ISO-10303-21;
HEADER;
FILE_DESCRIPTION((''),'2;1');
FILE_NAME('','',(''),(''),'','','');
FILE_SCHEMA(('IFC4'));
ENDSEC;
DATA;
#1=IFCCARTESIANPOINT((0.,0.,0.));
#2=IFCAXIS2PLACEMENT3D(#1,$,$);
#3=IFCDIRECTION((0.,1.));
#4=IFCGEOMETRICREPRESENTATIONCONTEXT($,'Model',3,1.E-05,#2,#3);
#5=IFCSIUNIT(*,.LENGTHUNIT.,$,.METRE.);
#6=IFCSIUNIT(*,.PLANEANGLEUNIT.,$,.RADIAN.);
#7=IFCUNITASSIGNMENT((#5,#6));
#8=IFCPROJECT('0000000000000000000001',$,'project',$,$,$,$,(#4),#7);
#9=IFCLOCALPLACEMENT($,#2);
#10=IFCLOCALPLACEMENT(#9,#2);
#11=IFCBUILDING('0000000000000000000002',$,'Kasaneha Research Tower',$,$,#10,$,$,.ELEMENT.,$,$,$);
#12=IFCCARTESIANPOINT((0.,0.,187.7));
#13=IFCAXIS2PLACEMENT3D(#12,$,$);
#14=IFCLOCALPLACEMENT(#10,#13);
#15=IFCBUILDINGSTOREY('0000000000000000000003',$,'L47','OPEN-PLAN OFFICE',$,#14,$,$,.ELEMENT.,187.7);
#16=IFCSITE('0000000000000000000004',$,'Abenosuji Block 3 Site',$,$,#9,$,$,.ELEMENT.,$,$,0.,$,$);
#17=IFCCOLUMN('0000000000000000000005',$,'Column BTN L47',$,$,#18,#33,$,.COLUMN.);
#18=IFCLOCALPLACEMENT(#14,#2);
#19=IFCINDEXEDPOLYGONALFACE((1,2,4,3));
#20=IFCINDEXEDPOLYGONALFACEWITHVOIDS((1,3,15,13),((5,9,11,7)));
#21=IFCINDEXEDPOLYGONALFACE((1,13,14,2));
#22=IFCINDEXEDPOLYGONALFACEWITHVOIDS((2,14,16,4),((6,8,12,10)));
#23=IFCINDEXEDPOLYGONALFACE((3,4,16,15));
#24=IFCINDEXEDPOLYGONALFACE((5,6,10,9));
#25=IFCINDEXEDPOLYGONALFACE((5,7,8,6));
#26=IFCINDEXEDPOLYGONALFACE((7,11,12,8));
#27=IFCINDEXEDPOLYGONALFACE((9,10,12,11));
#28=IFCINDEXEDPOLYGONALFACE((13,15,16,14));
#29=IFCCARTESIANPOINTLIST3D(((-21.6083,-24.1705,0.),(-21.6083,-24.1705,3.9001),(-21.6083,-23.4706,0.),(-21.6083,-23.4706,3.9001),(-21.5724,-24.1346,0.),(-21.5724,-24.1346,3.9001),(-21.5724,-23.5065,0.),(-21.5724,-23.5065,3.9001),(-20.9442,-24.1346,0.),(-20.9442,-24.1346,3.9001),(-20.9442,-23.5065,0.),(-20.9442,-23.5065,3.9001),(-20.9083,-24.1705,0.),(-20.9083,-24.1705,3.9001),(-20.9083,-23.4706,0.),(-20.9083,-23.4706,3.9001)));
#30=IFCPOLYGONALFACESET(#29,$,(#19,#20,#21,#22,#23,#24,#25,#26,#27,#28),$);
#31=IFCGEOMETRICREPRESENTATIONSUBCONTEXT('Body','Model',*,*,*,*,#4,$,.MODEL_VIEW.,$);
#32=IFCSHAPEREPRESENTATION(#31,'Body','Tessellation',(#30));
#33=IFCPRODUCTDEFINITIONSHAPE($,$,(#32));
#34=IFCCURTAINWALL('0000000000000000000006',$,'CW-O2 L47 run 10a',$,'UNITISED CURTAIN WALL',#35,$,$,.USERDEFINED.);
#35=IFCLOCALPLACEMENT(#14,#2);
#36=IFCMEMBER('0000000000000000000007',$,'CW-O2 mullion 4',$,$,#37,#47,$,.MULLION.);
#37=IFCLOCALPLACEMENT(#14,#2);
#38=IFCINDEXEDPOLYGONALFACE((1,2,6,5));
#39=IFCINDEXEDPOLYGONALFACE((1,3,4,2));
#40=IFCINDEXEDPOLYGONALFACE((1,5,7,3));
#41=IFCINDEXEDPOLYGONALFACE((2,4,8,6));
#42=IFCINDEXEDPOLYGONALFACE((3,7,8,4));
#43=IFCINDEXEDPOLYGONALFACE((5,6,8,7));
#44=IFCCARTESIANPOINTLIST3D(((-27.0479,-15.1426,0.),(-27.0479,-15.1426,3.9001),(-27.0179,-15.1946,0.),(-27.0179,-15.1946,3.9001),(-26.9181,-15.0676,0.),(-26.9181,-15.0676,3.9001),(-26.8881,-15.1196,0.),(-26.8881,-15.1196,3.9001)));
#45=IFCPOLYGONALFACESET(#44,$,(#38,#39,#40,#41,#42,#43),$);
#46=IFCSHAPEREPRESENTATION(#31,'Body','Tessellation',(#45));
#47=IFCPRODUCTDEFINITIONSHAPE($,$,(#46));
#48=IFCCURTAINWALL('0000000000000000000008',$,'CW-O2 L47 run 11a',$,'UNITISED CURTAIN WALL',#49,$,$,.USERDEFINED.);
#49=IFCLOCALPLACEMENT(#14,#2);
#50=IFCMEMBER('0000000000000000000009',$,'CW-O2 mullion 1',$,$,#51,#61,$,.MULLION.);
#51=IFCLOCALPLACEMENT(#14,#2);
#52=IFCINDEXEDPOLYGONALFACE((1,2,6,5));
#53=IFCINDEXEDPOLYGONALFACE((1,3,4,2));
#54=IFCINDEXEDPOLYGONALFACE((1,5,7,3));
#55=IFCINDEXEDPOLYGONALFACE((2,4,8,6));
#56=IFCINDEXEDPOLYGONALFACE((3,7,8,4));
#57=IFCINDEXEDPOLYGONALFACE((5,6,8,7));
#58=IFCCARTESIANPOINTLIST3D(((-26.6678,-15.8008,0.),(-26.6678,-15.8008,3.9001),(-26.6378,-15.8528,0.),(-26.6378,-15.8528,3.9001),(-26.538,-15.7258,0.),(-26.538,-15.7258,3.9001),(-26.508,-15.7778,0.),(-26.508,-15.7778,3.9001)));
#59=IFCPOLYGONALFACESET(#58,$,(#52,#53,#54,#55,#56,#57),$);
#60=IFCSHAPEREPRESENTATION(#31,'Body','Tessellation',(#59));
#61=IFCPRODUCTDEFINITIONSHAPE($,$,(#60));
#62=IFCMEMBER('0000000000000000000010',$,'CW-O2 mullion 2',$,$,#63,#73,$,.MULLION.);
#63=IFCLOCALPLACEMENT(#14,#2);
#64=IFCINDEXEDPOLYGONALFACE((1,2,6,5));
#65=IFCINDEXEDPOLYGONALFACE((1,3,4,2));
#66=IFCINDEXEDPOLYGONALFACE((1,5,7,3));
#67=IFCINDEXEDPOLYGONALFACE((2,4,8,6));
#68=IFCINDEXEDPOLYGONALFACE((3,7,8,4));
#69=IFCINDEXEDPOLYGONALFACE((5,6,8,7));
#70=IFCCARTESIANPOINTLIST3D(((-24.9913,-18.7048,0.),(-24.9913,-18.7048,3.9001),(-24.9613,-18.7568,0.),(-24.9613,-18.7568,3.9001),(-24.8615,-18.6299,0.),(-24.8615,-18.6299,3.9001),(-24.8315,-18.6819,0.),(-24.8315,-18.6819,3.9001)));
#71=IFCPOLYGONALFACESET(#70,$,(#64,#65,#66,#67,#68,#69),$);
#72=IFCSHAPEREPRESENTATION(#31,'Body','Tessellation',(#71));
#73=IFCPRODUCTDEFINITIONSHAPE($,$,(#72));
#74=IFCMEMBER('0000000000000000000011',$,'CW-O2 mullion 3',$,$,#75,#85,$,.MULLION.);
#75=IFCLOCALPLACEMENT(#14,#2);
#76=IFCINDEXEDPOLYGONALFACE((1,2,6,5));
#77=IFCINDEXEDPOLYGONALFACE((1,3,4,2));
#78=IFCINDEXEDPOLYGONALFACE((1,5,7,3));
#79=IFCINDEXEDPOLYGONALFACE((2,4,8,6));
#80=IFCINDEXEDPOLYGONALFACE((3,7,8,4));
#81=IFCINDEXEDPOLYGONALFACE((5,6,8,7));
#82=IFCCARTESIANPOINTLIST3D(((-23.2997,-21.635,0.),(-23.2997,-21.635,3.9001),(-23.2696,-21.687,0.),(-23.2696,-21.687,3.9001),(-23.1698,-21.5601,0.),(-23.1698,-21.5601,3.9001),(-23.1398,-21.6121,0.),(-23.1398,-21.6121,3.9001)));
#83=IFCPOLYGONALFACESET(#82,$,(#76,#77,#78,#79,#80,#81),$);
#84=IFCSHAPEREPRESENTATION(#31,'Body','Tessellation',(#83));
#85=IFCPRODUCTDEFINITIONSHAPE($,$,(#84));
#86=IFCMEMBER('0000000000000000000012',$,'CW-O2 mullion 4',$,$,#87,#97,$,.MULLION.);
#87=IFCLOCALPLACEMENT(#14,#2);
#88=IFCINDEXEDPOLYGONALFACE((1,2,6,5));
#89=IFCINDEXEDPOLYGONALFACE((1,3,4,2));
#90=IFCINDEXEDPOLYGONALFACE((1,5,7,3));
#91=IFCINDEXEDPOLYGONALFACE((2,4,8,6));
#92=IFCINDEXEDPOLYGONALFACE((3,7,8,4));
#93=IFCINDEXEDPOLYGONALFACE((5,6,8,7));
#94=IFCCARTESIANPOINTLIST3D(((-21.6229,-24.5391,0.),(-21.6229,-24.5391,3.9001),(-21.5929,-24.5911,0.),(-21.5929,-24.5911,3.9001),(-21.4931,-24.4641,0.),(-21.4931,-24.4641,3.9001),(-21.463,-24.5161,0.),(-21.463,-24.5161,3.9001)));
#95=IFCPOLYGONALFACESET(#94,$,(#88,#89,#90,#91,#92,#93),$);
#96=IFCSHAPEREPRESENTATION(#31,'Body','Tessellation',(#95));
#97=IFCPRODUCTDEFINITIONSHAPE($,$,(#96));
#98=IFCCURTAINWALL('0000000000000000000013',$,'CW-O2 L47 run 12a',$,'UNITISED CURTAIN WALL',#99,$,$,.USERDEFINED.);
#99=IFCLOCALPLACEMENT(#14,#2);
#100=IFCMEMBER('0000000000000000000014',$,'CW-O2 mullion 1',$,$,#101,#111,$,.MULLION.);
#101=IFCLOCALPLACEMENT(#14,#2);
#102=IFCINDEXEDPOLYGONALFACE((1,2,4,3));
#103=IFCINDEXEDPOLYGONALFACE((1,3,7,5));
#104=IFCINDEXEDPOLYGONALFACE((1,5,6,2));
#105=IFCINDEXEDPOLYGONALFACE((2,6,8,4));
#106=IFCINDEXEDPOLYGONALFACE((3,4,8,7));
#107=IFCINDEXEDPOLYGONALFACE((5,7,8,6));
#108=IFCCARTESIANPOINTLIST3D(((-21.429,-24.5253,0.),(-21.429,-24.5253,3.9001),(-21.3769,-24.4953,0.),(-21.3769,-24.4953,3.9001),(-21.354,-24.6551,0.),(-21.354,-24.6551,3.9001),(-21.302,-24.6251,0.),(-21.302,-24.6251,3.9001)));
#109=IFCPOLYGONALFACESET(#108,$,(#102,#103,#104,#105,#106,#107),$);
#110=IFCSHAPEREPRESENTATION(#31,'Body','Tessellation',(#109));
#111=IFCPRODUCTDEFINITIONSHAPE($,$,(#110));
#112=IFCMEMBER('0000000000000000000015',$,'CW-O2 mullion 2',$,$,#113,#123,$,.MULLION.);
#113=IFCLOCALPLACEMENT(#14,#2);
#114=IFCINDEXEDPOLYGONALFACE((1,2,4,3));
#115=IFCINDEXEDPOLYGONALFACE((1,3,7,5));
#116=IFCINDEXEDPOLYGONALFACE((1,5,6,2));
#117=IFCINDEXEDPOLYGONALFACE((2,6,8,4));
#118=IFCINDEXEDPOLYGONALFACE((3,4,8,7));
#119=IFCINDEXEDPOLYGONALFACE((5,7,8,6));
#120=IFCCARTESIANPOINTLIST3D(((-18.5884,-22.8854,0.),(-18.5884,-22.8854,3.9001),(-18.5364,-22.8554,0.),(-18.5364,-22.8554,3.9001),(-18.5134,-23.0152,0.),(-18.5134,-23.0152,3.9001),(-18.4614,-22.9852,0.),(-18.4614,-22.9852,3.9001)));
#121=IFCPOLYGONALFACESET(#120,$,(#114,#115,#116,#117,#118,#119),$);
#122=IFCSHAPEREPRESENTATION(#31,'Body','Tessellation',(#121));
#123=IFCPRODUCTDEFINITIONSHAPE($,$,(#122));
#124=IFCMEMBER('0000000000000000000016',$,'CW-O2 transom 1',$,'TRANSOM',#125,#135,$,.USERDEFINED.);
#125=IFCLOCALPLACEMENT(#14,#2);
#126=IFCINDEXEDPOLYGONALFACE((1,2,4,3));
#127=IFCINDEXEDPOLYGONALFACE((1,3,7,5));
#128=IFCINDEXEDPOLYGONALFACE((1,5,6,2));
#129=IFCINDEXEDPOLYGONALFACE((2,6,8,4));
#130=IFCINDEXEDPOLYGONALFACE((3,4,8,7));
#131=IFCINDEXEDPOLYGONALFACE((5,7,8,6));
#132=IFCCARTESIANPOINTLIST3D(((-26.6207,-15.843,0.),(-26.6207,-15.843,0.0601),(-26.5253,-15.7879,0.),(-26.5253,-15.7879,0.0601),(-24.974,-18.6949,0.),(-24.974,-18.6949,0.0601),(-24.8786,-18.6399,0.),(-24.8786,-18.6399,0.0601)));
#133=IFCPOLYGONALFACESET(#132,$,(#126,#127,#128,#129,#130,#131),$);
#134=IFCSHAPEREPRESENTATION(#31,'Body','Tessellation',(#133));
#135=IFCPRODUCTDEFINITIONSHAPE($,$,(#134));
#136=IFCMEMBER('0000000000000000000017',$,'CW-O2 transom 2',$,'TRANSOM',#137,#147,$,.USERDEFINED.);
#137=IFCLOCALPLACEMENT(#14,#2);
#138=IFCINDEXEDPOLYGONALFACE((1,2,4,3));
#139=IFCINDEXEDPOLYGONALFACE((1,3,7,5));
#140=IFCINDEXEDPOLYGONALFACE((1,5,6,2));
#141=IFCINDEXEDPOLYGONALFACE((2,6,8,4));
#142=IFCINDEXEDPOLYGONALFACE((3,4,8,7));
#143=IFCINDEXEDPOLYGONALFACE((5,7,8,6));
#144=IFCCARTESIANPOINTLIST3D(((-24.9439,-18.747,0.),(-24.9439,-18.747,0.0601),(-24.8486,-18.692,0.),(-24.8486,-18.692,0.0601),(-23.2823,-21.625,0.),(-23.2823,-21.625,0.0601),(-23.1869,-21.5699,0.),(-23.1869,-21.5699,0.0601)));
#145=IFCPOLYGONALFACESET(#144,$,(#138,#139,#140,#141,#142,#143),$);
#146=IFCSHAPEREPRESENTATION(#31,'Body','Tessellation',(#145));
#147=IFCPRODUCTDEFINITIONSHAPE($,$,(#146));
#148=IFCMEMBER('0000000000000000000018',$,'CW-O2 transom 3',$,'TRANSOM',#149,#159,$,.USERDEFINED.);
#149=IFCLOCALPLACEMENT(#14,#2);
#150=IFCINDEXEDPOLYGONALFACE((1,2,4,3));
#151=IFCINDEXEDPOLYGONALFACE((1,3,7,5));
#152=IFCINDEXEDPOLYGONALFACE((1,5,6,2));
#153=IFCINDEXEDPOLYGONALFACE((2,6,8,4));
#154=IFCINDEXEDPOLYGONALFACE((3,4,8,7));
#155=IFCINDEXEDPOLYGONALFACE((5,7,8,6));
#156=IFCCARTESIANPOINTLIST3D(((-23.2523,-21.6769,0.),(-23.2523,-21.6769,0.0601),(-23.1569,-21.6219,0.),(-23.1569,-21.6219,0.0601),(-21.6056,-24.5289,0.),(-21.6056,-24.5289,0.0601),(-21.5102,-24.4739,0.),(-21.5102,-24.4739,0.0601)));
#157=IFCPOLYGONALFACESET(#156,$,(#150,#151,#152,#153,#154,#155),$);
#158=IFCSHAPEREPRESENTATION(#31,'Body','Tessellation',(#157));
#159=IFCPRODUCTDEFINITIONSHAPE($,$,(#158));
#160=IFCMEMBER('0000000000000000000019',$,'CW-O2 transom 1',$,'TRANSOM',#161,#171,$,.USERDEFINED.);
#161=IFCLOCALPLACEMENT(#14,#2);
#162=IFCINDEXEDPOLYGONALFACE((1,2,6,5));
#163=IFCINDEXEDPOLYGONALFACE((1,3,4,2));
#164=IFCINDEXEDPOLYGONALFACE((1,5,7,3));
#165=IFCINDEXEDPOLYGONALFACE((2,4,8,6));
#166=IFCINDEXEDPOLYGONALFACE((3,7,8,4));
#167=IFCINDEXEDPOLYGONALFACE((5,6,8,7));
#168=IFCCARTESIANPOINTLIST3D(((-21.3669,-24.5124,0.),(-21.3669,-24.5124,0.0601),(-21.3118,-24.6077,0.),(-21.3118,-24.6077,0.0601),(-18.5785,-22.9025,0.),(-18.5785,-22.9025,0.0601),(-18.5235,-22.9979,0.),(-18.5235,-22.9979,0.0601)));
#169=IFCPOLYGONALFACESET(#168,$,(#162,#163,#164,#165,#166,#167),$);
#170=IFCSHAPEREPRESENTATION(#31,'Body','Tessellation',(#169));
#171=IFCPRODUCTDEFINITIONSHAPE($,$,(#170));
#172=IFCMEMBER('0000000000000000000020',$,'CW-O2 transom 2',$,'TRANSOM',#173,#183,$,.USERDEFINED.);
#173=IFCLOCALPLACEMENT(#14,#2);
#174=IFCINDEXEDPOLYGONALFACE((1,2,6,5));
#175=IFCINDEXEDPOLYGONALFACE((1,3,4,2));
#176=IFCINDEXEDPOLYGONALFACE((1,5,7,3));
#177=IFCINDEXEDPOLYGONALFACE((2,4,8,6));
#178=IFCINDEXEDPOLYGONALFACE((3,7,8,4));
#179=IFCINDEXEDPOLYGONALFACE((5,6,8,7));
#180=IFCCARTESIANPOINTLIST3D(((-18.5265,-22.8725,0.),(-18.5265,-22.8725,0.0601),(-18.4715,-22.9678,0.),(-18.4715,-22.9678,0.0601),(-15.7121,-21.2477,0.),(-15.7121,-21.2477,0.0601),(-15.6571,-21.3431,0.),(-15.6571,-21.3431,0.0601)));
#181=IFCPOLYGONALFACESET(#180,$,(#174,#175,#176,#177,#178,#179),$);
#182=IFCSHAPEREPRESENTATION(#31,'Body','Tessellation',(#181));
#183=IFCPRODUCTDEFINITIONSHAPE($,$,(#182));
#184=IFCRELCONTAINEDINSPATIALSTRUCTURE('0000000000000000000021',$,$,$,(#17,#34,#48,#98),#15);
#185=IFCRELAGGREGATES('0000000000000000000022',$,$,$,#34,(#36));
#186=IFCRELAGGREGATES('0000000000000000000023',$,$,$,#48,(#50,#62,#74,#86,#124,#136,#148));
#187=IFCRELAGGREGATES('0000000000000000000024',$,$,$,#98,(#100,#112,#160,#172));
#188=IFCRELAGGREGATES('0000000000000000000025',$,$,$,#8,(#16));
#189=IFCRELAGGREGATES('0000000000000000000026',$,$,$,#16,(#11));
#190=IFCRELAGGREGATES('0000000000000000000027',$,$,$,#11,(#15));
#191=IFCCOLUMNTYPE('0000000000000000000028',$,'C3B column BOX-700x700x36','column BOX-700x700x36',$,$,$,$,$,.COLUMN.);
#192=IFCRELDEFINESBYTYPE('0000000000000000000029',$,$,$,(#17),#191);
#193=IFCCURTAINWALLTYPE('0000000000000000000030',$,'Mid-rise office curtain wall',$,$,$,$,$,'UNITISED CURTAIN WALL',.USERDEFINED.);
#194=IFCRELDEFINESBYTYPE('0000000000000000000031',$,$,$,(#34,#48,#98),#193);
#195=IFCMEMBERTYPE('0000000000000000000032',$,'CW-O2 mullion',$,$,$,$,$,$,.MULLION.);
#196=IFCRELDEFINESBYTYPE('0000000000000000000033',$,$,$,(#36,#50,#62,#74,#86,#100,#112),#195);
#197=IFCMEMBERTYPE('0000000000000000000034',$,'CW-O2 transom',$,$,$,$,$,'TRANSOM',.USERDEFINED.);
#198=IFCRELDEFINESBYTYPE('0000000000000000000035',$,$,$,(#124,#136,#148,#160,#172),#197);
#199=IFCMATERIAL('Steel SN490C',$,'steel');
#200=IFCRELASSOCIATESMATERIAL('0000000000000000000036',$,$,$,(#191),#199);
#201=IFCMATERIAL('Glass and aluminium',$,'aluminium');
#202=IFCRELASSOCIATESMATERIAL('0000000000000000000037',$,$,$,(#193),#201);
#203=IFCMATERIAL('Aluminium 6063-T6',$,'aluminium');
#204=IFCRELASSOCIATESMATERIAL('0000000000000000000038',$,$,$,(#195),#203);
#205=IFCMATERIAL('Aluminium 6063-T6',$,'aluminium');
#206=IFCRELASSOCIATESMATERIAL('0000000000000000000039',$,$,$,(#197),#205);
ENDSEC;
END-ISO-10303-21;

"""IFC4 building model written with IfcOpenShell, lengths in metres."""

from ifc_helpers import new_model, si_unit, direction, frame, origin, origin_2d, place, context, subcontext, project, spatial, rectangle, hollow_rectangle, extrude, material, material_profile, profile_set, type_object, element, aggregate, save


model = new_model("IFC4")

# Units and contexts
model_context = context("Model", 3, precision=1e-05, world=origin(), true_north=direction((0.0, 1.0)))
body_context = subcontext(model_context, "Body", "Model", "MODEL_VIEW")
ifc_project = project(units=[si_unit("LENGTHUNIT", "METRE"), si_unit("PLANEANGLEUNIT", "RADIAN")], contexts=[model_context])

# Site, building, storey
site_placement = place(None, origin())
site = spatial("IfcSite", under=ifc_project, at=site_placement, Name="Abenosuji Block 3 Site", CompositionType="ELEMENT", RefElevation=0.0)
building_placement = place(site_placement, origin())
building = spatial("IfcBuilding", under=site, at=building_placement, Name="Kasaneha Research Tower", CompositionType="ELEMENT")
storey_placement = place(building_placement, frame((0.0, 0.0, 187.7)))
storey = spatial("IfcBuildingStorey", under=building, at=storey_placement, Name="L47", Description="OPEN-PLAN OFFICE", CompositionType="ELEMENT", Elevation=187.7)

# Column
ifc_material_1 = material(Name="Steel SN490C", Category="steel")
ifc_material_profile_1 = material_profile(ifc_material_1, hollow_rectangle(XDim=0.7, YDim=0.7, WallThickness=0.0359, at=origin_2d()), Name="BOX-700x700x36")
ifc_profile_set_1 = profile_set([ifc_material_profile_1], Name="Steel SN490C")
column_type = type_object("IfcColumnType", Name="C3B column BOX-700x700x36", Description="column BOX-700x700x36", PredefinedType="COLUMN", material=ifc_profile_set_1)
column_placement = place(storey_placement, frame((-21.2583, -23.8206, 0.0), z_axis=(0.0, 0.0, 1.0), x_axis=(1.0, 0.0, 0.0)))
element("IfcColumn", 1, at=column_placement, inside=storey, type_object=column_type, Name="Column BTN L47", PredefinedType="COLUMN", context=body_context, shape_type="SweptSolid", body=[
    extrude(hollow_rectangle(XDim=0.7, YDim=0.7, WallThickness=0.0359, at=origin_2d()), origin(), (0.0, 0.0, 1.0), 3.9001),
])

# Curtain wall, member
ifc_material_2 = material(Name="Glass and aluminium", Category="aluminium")
curtain_wall_type = type_object("IfcCurtainWallType", Name="Mid-rise office curtain wall", ElementType="UNITISED CURTAIN WALL", PredefinedType="USERDEFINED", material=ifc_material_2)
curtain_wall_1_placement = place(storey_placement, origin())
curtain_wall_1 = element("IfcCurtainWall", 2, at=curtain_wall_1_placement, inside=storey, type_object=curtain_wall_type, Name="CW-O2 L47 run 10a", ObjectType="UNITISED CURTAIN WALL", PredefinedType="USERDEFINED")
ifc_material_3 = material(Name="Aluminium 6063-T6", Category="aluminium")
ifc_material_profile_2 = material_profile(ifc_material_3, rectangle(XDim=0.0601, YDim=0.1499, at=origin_2d()), Name="CW-O2 mullion 60x150")
ifc_profile_set_2 = profile_set([ifc_material_profile_2], Name="Aluminium 6063-T6")
member_type_1 = type_object("IfcMemberType", Name="CW-O2 mullion", PredefinedType="MULLION", material=ifc_profile_set_2)
member_1_placement = place(storey_placement, frame((-26.968, -15.1311, 0.0), z_axis=(0.0, 0.0, 1.0), x_axis=(0.5, -0.866025, 0.0)))
member_1 = element("IfcMember", 3, at=member_1_placement, type_object=member_type_1, Name="CW-O2 mullion 4", PredefinedType="MULLION", context=body_context, shape_type="SweptSolid", body=[
    extrude(rectangle(XDim=0.0601, YDim=0.1499, at=origin_2d()), origin(), (0.0, 0.0, 1.0), 3.9001),
])
aggregate(curtain_wall_1, [member_1])

# Curtain walls, members
curtain_wall_2_placement = place(storey_placement, origin())
curtain_wall_2 = element("IfcCurtainWall", 4, at=curtain_wall_2_placement, inside=storey, type_object=curtain_wall_type, Name="CW-O2 L47 run 11a", ObjectType="UNITISED CURTAIN WALL", PredefinedType="USERDEFINED")
member_2_placement = place(storey_placement, frame((-26.5879, -15.7893, 0.0), z_axis=(0.0, 0.0, 1.0), x_axis=(0.5, -0.866025, 0.0)))
member_2 = element("IfcMember", 5, at=member_2_placement, type_object=member_type_1, Name="CW-O2 mullion 1", PredefinedType="MULLION", context=body_context, shape_type="SweptSolid", body=[
    extrude(rectangle(XDim=0.0601, YDim=0.1499, at=origin_2d()), origin(), (0.0, 0.0, 1.0), 3.9001),
])
member_3_placement = place(storey_placement, frame((-24.9114, -18.6934, 0.0), z_axis=(0.0, 0.0, 1.0), x_axis=(0.5, -0.866025, 0.0)))
member_3 = element("IfcMember", 6, at=member_3_placement, type_object=member_type_1, Name="CW-O2 mullion 2", PredefinedType="MULLION", context=body_context, shape_type="SweptSolid", body=[
    extrude(rectangle(XDim=0.0601, YDim=0.1499, at=origin_2d()), origin(), (0.0, 0.0, 1.0), 3.9001),
])
member_4_placement = place(storey_placement, frame((-23.2197, -21.6235, 0.0), z_axis=(0.0, 0.0, 1.0), x_axis=(0.5, -0.866025, 0.0)))
member_4 = element("IfcMember", 7, at=member_4_placement, type_object=member_type_1, Name="CW-O2 mullion 3", PredefinedType="MULLION", context=body_context, shape_type="SweptSolid", body=[
    extrude(rectangle(XDim=0.0601, YDim=0.1499, at=origin_2d()), origin(), (0.0, 0.0, 1.0), 3.9001),
])
member_5_placement = place(storey_placement, frame((-21.543, -24.5276, 0.0), z_axis=(0.0, 0.0, 1.0), x_axis=(0.5, -0.866025, 0.0)))
member_5 = element("IfcMember", 8, at=member_5_placement, type_object=member_type_1, Name="CW-O2 mullion 4", PredefinedType="MULLION", context=body_context, shape_type="SweptSolid", body=[
    extrude(rectangle(XDim=0.0601, YDim=0.1499, at=origin_2d()), origin(), (0.0, 0.0, 1.0), 3.9001),
])
curtain_wall_3_placement = place(storey_placement, origin())
curtain_wall_3 = element("IfcCurtainWall", 9, at=curtain_wall_3_placement, inside=storey, type_object=curtain_wall_type, Name="CW-O2 L47 run 12a", ObjectType="UNITISED CURTAIN WALL", PredefinedType="USERDEFINED")
member_6_placement = place(storey_placement, frame((-21.3655, -24.5752, 0.0), z_axis=(0.0, 0.0, 1.0), x_axis=(0.866025, 0.5, 0.0)))
member_6 = element("IfcMember", 10, at=member_6_placement, type_object=member_type_1, Name="CW-O2 mullion 1", PredefinedType="MULLION", context=body_context, shape_type="SweptSolid", body=[
    extrude(rectangle(XDim=0.0601, YDim=0.1499, at=origin_2d()), origin(), (0.0, 0.0, 1.0), 3.9001),
])
member_7_placement = place(storey_placement, frame((-18.5249, -22.9353, 0.0), z_axis=(0.0, 0.0, 1.0), x_axis=(0.866025, 0.5, 0.0)))
member_7 = element("IfcMember", 11, at=member_7_placement, type_object=member_type_1, Name="CW-O2 mullion 2", PredefinedType="MULLION", context=body_context, shape_type="SweptSolid", body=[
    extrude(rectangle(XDim=0.0601, YDim=0.1499, at=origin_2d()), origin(), (0.0, 0.0, 1.0), 3.9001),
])

# Members
ifc_material_4 = material(Name="Aluminium 6063-T6", Category="aluminium")
ifc_material_profile_3 = material_profile(ifc_material_4, rectangle(XDim=0.1101, YDim=0.0601, at=origin_2d()), Name="CW-O2 transom 110x60")
ifc_profile_set_3 = profile_set([ifc_material_profile_3], Name="Aluminium 6063-T6")
member_type_2 = type_object("IfcMemberType", Name="CW-O2 transom", ElementType="TRANSOM", PredefinedType="USERDEFINED", material=ifc_profile_set_3)
member_8_placement = place(storey_placement, frame((-26.573, -15.8154, 0.03), z_axis=(0.500022, -0.866013, 0.0), x_axis=(0.866013, 0.500022, 0.0)))
member_8 = element("IfcMember", 12, at=member_8_placement, type_object=member_type_2, Name="CW-O2 transom 1", ObjectType="TRANSOM", PredefinedType="USERDEFINED", context=body_context, shape_type="SweptSolid", body=[
    extrude(rectangle(XDim=0.1101, YDim=0.0601, at=origin_2d()), origin(), (0.0, 0.0, 1.0), 3.2932),
])
member_9_placement = place(storey_placement, frame((-24.8962, -18.7195, 0.03), z_axis=(0.500011, -0.866019, 0.0), x_axis=(0.866019, 0.500011, 0.0)))
member_9 = element("IfcMember", 13, at=member_9_placement, type_object=member_type_2, Name="CW-O2 transom 2", ObjectType="TRANSOM", PredefinedType="USERDEFINED", context=body_context, shape_type="SweptSolid", body=[
    extrude(rectangle(XDim=0.1101, YDim=0.0601, at=origin_2d()), origin(), (0.0, 0.0, 1.0), 3.3232),
])
member_10_placement = place(storey_placement, frame((-23.2046, -21.6494, 0.03), z_axis=(0.500022, -0.866013, 0.0), x_axis=(0.866013, 0.500022, 0.0)))
member_10 = element("IfcMember", 14, at=member_10_placement, type_object=member_type_2, Name="CW-O2 transom 3", ObjectType="TRANSOM", PredefinedType="USERDEFINED", context=body_context, shape_type="SweptSolid", body=[
    extrude(rectangle(XDim=0.1101, YDim=0.0601, at=origin_2d()), origin(), (0.0, 0.0, 1.0), 3.2932),
])
member_11_placement = place(storey_placement, frame((-21.3394, -24.5601, 0.03), z_axis=(0.866023, 0.500005, 0.0), x_axis=(-0.500005, 0.866023, 0.0)))
member_11 = element("IfcMember", 15, at=member_11_placement, type_object=member_type_2, Name="CW-O2 transom 1", ObjectType="TRANSOM", PredefinedType="USERDEFINED", context=body_context, shape_type="SweptSolid", body=[
    extrude(rectangle(XDim=0.1101, YDim=0.0601, at=origin_2d()), origin(), (0.0, 0.0, 1.0), 3.2197),
])
member_12_placement = place(storey_placement, frame((-18.499, -22.9202, 0.03), z_axis=(0.866048, 0.499961, 0.0), x_axis=(-0.499961, 0.866048, 0.0)))
member_12 = element("IfcMember", 16, at=member_12_placement, type_object=member_type_2, Name="CW-O2 transom 2", ObjectType="TRANSOM", PredefinedType="USERDEFINED", context=body_context, shape_type="SweptSolid", body=[
    extrude(rectangle(XDim=0.1101, YDim=0.0601, at=origin_2d()), origin(), (0.0, 0.0, 1.0), 3.2498),
])

aggregate(curtain_wall_2, [member_2, member_3, member_4, member_5, member_8, member_9, member_10])
aggregate(curtain_wall_3, [member_6, member_7, member_11, member_12])

save(model, "model.ifc")
